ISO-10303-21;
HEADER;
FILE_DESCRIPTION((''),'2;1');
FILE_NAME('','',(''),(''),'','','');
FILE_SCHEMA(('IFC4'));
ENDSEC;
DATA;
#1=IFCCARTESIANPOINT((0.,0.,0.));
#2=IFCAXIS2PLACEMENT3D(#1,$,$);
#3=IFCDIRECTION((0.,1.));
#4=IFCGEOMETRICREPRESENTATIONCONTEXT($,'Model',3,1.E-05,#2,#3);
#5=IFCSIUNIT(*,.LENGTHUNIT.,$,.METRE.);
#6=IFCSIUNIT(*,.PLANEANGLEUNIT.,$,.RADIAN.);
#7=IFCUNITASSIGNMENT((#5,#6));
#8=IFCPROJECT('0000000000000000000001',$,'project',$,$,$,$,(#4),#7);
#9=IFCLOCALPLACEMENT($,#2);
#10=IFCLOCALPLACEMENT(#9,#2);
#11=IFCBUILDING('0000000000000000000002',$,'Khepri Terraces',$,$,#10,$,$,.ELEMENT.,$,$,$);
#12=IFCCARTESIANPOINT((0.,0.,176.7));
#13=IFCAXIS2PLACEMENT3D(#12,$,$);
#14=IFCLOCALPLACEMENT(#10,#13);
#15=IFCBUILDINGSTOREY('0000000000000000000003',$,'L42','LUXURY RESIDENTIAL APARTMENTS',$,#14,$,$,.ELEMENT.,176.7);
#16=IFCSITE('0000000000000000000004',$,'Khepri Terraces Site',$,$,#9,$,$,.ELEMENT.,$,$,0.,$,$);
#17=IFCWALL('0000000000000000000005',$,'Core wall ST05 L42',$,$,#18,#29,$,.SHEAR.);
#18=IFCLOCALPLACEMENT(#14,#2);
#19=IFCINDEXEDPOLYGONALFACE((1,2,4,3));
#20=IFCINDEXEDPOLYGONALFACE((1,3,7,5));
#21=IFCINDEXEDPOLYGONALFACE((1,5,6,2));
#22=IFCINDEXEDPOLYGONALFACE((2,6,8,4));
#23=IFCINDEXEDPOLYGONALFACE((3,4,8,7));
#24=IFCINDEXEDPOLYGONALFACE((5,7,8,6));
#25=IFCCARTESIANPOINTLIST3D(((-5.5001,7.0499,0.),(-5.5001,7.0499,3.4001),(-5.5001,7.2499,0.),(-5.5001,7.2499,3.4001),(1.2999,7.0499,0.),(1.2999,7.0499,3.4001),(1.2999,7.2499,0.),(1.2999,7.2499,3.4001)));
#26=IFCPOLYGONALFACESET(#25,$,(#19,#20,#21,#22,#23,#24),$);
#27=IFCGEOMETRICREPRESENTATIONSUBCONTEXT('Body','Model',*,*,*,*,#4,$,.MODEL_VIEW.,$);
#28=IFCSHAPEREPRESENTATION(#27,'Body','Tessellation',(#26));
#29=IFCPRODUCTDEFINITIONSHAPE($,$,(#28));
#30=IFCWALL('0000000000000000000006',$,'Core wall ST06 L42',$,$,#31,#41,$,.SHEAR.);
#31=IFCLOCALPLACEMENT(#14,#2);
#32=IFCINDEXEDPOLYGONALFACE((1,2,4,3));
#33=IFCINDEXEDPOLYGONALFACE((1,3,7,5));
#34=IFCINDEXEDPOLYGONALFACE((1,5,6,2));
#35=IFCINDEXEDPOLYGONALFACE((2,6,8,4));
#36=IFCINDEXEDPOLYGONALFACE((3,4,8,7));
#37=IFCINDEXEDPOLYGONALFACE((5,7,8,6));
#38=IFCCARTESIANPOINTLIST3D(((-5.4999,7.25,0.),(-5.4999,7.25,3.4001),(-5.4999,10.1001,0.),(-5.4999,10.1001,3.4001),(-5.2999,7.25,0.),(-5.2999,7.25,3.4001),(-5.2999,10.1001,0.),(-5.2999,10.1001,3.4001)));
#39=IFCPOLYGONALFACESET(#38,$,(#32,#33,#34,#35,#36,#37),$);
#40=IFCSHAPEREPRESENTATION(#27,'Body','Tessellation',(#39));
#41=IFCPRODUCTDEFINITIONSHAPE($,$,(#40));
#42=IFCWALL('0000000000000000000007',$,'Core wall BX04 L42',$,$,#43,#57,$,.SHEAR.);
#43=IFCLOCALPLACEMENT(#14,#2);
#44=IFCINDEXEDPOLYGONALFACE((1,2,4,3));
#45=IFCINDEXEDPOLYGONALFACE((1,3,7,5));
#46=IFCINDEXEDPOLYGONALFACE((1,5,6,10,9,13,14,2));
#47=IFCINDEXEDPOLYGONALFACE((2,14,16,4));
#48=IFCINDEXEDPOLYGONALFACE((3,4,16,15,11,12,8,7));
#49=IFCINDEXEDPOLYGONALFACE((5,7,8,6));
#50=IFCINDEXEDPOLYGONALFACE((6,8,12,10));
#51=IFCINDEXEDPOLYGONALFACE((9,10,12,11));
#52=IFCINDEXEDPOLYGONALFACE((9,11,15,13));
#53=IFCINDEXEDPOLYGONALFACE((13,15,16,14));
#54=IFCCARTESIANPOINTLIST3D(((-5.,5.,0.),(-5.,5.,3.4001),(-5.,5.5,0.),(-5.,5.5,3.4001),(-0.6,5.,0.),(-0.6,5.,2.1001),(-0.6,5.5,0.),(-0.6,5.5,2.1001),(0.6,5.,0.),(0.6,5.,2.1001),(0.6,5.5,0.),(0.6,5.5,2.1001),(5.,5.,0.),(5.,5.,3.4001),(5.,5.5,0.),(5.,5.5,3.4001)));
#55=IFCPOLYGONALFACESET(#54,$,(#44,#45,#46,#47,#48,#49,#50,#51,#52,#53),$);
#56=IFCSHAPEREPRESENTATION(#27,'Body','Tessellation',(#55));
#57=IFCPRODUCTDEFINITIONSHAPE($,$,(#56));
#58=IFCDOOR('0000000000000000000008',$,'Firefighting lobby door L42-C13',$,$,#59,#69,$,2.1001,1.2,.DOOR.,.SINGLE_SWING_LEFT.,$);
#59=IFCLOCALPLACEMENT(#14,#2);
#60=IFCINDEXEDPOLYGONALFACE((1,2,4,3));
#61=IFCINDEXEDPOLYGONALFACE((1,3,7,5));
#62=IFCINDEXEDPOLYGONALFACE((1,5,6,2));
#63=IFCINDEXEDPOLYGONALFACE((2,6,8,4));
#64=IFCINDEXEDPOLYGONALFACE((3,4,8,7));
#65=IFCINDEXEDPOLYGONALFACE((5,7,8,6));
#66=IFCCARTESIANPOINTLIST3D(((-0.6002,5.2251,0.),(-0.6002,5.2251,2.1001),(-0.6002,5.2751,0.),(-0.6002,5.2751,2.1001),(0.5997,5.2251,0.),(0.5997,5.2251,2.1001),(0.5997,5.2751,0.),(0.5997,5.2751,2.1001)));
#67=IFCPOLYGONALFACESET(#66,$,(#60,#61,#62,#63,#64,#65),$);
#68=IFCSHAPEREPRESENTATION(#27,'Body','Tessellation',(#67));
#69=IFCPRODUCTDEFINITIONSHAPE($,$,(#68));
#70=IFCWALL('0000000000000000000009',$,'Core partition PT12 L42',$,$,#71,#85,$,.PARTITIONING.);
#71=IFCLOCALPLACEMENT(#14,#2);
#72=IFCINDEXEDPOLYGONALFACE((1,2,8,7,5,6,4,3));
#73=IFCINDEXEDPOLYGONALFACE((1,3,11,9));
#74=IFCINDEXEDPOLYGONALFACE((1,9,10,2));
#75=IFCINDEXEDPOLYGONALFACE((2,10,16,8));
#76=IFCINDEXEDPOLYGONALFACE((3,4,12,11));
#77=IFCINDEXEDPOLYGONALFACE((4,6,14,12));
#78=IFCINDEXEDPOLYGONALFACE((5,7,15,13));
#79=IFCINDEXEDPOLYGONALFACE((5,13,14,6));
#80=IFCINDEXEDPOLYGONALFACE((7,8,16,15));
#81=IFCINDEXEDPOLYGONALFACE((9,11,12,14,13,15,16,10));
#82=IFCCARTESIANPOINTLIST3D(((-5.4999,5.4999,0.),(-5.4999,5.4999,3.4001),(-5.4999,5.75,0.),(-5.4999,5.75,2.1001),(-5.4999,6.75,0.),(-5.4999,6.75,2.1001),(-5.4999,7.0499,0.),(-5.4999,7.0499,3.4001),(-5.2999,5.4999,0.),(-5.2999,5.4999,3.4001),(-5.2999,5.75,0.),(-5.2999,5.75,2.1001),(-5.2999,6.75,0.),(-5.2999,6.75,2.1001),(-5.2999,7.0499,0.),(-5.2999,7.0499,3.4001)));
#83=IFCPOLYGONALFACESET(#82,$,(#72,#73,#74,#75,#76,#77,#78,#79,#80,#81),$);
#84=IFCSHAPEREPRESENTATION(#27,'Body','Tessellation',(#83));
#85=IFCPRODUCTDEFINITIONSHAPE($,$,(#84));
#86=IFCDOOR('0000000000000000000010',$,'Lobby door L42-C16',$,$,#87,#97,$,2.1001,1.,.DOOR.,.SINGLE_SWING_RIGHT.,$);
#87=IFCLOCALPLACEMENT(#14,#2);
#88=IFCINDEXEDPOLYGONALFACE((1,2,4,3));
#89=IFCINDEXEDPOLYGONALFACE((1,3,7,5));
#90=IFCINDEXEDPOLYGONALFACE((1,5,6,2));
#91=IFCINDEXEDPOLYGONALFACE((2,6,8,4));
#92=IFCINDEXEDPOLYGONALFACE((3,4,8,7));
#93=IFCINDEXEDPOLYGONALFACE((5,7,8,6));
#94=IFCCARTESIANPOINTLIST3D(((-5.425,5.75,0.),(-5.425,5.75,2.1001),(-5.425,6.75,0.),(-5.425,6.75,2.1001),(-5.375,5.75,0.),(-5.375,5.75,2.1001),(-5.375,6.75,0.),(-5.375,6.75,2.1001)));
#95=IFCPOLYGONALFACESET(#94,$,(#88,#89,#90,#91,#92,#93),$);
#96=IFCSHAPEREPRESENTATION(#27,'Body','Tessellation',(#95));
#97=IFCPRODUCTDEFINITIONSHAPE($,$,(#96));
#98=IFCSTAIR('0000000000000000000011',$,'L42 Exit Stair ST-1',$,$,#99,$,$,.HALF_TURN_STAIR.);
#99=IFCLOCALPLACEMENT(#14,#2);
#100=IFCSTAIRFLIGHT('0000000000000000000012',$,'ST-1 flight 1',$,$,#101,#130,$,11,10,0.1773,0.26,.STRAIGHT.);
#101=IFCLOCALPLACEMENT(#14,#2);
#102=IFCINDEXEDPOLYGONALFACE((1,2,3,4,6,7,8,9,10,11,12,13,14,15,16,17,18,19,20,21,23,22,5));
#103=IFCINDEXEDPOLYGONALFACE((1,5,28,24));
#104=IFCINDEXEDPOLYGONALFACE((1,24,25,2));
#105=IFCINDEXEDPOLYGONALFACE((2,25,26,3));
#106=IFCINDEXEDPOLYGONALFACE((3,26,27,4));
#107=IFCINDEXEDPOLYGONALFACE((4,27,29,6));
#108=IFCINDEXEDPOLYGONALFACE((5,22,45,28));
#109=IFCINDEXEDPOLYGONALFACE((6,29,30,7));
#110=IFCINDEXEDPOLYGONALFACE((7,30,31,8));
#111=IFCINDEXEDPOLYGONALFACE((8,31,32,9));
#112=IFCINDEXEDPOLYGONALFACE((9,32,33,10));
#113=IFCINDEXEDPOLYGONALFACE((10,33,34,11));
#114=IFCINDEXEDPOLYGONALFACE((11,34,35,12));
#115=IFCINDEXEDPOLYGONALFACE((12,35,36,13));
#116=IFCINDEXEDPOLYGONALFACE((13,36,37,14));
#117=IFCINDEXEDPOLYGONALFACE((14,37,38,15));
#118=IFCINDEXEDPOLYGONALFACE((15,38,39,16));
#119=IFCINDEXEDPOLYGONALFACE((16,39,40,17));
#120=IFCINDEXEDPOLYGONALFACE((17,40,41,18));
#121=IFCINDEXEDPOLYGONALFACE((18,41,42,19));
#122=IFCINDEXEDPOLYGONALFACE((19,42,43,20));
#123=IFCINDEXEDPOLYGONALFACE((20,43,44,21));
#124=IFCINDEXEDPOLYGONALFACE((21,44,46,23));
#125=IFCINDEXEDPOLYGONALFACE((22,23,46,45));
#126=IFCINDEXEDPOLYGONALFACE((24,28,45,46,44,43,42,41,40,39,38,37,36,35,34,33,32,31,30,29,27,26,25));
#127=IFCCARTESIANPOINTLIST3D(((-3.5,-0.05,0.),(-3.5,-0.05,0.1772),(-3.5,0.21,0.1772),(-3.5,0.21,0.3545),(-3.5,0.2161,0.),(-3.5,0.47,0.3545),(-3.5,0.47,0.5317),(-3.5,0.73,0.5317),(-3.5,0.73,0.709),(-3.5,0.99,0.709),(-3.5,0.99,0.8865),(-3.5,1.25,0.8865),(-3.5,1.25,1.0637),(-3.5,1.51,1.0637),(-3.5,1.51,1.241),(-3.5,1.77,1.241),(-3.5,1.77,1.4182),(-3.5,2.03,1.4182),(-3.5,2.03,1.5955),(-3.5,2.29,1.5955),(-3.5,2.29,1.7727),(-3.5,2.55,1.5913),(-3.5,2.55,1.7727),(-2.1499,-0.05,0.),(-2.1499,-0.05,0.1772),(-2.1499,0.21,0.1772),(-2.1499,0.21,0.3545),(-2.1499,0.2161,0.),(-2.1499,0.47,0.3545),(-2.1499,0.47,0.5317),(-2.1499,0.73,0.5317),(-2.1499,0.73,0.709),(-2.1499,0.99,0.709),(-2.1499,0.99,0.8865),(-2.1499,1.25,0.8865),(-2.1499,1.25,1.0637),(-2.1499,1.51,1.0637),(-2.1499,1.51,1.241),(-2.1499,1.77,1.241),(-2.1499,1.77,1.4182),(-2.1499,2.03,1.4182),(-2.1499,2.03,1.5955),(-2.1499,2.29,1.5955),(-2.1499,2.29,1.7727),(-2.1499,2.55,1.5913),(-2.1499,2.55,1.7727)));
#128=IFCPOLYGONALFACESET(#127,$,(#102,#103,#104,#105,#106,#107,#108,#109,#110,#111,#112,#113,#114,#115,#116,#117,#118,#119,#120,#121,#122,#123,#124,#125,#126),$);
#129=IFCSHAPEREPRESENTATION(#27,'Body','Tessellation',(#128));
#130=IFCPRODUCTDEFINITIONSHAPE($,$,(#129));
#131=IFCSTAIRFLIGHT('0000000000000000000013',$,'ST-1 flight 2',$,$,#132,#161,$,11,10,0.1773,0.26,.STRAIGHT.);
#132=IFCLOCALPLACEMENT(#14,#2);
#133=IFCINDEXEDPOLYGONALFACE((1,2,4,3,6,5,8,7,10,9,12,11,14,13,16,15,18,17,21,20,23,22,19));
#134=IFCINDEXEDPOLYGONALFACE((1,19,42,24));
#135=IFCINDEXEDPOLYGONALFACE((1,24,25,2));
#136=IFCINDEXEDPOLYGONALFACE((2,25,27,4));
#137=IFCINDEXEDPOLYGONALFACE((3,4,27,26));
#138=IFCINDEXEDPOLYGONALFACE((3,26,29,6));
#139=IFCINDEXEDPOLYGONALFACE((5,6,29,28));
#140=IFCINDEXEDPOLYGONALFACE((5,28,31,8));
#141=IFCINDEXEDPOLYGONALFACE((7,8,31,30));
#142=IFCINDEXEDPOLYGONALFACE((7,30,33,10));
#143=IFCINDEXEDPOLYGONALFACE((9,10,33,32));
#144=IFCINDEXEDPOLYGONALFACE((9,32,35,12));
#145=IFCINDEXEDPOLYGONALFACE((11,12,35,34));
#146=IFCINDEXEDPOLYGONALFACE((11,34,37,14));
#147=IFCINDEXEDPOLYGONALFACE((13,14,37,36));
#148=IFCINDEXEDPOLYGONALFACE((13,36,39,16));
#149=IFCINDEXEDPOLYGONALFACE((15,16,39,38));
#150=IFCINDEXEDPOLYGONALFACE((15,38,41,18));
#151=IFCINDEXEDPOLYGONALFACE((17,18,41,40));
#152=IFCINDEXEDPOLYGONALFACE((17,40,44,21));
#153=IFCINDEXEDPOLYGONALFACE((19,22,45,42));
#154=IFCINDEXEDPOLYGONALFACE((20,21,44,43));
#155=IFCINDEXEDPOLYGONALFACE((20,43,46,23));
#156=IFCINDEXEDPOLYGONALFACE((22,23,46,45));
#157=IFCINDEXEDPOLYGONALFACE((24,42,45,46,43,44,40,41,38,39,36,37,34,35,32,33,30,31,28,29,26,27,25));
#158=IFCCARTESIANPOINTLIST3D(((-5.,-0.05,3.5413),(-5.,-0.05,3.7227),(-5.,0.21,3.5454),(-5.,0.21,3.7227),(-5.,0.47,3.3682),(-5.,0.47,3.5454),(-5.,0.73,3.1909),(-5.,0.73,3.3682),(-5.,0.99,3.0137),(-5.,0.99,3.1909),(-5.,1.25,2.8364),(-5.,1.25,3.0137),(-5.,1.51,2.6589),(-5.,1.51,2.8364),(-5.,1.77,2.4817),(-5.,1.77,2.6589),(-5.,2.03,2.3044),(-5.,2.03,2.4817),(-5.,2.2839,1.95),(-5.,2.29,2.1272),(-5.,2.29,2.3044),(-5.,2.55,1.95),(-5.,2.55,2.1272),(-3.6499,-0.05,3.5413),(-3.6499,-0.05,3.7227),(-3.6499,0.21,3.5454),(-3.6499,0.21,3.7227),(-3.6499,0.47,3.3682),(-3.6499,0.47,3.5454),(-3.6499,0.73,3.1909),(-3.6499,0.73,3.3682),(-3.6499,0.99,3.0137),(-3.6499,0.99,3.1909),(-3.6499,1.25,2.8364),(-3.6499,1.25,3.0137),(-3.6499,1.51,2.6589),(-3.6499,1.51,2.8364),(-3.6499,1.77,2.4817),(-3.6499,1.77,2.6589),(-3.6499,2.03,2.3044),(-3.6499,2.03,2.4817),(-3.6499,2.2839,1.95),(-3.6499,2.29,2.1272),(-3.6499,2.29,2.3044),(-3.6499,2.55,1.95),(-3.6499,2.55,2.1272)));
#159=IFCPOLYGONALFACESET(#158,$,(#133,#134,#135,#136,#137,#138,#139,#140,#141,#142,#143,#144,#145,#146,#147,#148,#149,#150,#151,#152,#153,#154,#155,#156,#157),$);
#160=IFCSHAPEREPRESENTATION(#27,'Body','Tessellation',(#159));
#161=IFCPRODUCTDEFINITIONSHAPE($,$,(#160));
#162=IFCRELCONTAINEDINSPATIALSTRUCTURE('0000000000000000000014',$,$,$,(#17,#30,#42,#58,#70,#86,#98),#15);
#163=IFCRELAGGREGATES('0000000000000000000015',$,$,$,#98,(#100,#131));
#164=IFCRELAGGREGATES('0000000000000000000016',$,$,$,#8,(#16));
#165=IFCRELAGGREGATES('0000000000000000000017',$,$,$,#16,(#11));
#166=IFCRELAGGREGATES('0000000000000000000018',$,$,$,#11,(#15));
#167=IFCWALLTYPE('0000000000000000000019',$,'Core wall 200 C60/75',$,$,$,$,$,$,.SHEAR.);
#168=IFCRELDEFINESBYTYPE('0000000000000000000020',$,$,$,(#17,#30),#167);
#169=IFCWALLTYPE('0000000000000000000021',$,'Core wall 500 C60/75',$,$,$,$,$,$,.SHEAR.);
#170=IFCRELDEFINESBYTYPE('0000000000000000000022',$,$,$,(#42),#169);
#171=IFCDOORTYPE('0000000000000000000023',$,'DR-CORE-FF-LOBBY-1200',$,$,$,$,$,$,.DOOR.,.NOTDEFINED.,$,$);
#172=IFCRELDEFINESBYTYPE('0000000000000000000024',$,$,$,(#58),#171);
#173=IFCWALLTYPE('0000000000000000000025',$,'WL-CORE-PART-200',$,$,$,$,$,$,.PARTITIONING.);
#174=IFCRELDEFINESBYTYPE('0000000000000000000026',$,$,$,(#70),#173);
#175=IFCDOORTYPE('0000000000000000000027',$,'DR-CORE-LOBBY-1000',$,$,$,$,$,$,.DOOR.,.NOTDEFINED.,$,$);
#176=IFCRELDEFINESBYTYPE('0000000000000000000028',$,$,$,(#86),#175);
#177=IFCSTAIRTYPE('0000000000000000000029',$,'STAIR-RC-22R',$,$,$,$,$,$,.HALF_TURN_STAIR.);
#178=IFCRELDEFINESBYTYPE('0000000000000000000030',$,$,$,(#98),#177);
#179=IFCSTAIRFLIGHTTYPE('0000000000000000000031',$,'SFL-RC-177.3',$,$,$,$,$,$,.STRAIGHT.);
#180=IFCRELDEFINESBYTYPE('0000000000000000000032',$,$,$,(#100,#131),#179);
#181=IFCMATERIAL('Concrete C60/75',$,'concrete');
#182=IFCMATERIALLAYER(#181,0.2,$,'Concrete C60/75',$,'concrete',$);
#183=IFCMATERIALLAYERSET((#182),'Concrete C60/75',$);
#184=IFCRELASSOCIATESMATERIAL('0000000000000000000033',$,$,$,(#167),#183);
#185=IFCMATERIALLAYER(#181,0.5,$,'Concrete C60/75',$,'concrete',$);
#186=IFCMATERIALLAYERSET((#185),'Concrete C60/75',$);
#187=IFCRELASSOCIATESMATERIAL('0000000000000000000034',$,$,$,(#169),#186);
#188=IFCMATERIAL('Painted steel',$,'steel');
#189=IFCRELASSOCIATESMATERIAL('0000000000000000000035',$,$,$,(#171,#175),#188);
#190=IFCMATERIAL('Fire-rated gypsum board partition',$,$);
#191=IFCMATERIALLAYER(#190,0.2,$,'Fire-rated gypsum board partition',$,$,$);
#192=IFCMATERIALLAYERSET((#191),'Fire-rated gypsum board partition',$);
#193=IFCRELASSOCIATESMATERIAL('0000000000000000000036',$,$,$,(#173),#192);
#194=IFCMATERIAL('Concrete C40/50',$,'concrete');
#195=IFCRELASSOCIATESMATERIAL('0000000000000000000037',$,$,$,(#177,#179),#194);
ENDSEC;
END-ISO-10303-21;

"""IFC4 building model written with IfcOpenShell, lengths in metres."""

from ifc_helpers import new_model, si_unit, direction, frame, frame_2d, origin, place, context, subcontext, project, spatial, polyline, rectangle, outline, extrude, material, layer, layer_set, type_object, element, fill, aggregate, save


model = new_model("IFC4")

# Units and contexts
model_context = context("Model", 3, precision=1e-05, world=origin(), true_north=direction((0.0, 1.0)))
body_context = subcontext(model_context, "Body", "Model", "MODEL_VIEW")
ifc_project = project(units=[si_unit("LENGTHUNIT", "METRE"), si_unit("PLANEANGLEUNIT", "RADIAN")], contexts=[model_context])

# Site, building, storey
site_placement = place(None, origin())
site = spatial("IfcSite", under=ifc_project, at=site_placement, Name="Khepri Terraces Site", CompositionType="ELEMENT", RefElevation=0.0)
building_placement = place(site_placement, origin())
building = spatial("IfcBuilding", under=site, at=building_placement, Name="Khepri Terraces", CompositionType="ELEMENT")
storey_placement = place(building_placement, frame((0.0, 0.0, 176.7)))
storey = spatial("IfcBuildingStorey", under=building, at=storey_placement, Name="L42", Description="LUXURY RESIDENTIAL APARTMENTS", CompositionType="ELEMENT", Elevation=176.7)

# Walls
ifc_material_1 = material(Name="Concrete C60/75", Category="concrete")
ifc_layer_1 = layer(ifc_material_1, 0.2, Name="Concrete C60/75", Category="concrete")
ifc_layer_set_1 = layer_set([ifc_layer_1], Name="Concrete C60/75")
wall_type_1 = type_object("IfcWallType", Name="Core wall 200 C60/75", PredefinedType="SHEAR", material=ifc_layer_set_1)
wall_1_placement = place(storey_placement, frame((-5.5, 7.1499, 0.0), z_axis=(0.0, 0.0, 1.0), x_axis=(1.0, 0.0, 0.0)))
element("IfcWall", 1, at=wall_1_placement, inside=storey, type_object=wall_type_1, Name="Core wall ST05 L42", PredefinedType="SHEAR", context=body_context, shape_type="SweptSolid", body=[
    extrude(rectangle(XDim=6.8, YDim=0.2, at=frame_2d((3.3999, 0.0))), origin(), (0.0, 0.0, 1.0), 3.4001),
])
wall_2_placement = place(storey_placement, frame((-5.3999, 7.25, 0.0), z_axis=(0.0, 0.0, 1.0), x_axis=(0.0, 1.0, 0.0)))
element("IfcWall", 2, at=wall_2_placement, inside=storey, type_object=wall_type_1, Name="Core wall ST06 L42", PredefinedType="SHEAR", context=body_context, shape_type="SweptSolid", body=[
    extrude(rectangle(XDim=2.8501, YDim=0.2, at=frame_2d((1.425, 0.0))), origin(), (0.0, 0.0, 1.0), 3.4001),
])

# Walls, openings, doors
ifc_layer_2 = layer(ifc_material_1, 0.5, Name="Concrete C60/75", Category="concrete")
ifc_layer_set_2 = layer_set([ifc_layer_2], Name="Concrete C60/75")
wall_type_2 = type_object("IfcWallType", Name="Core wall 500 C60/75", PredefinedType="SHEAR", material=ifc_layer_set_2)
wall_3_placement = place(storey_placement, frame((-5.0, 5.25, 0.0), z_axis=(0.0, 0.0, 1.0), x_axis=(1.0, 0.0, 0.0)))
wall_3 = element("IfcWall", 3, at=wall_3_placement, inside=storey, type_object=wall_type_2, Name="Core wall BX04 L42", PredefinedType="SHEAR", context=body_context, shape_type="SweptSolid", body=[
    extrude(rectangle(XDim=10.0, YDim=0.5, at=frame_2d((5.0, 0.0))), origin(), (0.0, 0.0, 1.0), 3.4001),
])
opening_1_placement = place(wall_3_placement, frame((4.3999, 0.0, 0.0)))
opening_1 = element("IfcOpeningElement", 4, at=opening_1_placement, cuts=wall_3, PredefinedType="OPENING", context=body_context, shape_type="SweptSolid", body=[
    extrude(rectangle(XDim=1.2, YDim=2.1001, at=frame_2d((0.6001, 1.05))), frame((0.0, 0.26, 0.0), z_axis=(0.0, -1.0, 0.0), x_axis=(1.0, 0.0, 0.0)), (0.0, 0.0, 1.0), 0.52),
])
ifc_material_2 = material(Name="Painted steel", Category="steel")
door_type_1 = type_object("IfcDoorType", Name="DR-CORE-FF-LOBBY-1200", OperationType="NOTDEFINED", PredefinedType="DOOR", material=ifc_material_2)
door_1_placement = place(opening_1_placement, frame((1.2, 0.0, 0.0), z_axis=(0.0, 0.0, 1.0), x_axis=(-1.0, 0.0, 0.0)))
door_1 = element("IfcDoor", 5, at=door_1_placement, inside=storey, type_object=door_type_1, Name="Firefighting lobby door L42-C13", OperationType="SINGLE_SWING_LEFT", OverallHeight=2.1001, OverallWidth=1.2, PredefinedType="DOOR", context=body_context, shape_type="SweptSolid", body=[
    extrude(rectangle(XDim=1.2, YDim=2.1001, at=frame_2d((0.6001, 1.05))), frame((0.0, 0.0249, 0.0), z_axis=(0.0, -1.0, 0.0), x_axis=(1.0, 0.0, 0.0)), (0.0, 0.0, 1.0), 0.05),
])
fill(opening_1, door_1)
ifc_material_3 = material(Name="Fire-rated gypsum board partition")
ifc_layer_3 = layer(ifc_material_3, 0.2, Name="Fire-rated gypsum board partition")
ifc_layer_set_3 = layer_set([ifc_layer_3], Name="Fire-rated gypsum board partition")
wall_type_3 = type_object("IfcWallType", Name="WL-CORE-PART-200", PredefinedType="PARTITIONING", material=ifc_layer_set_3)
wall_4_placement = place(storey_placement, frame((-5.3999, 5.5, 0.0), z_axis=(0.0, 0.0, 1.0), x_axis=(0.0, 1.0, 0.0)))
wall_4 = element("IfcWall", 6, at=wall_4_placement, inside=storey, type_object=wall_type_3, Name="Core partition PT12 L42", PredefinedType="PARTITIONING", context=body_context, shape_type="SweptSolid", body=[
    extrude(rectangle(XDim=1.55, YDim=0.2, at=frame_2d((0.7749, 0.0))), origin(), (0.0, 0.0, 1.0), 3.4001),
])
opening_2_placement = place(wall_4_placement, frame((0.25, 0.0, 0.0)))
opening_2 = element("IfcOpeningElement", 7, at=opening_2_placement, cuts=wall_4, PredefinedType="OPENING", context=body_context, shape_type="SweptSolid", body=[
    extrude(rectangle(XDim=1.0, YDim=2.1001, at=frame_2d((0.5, 1.05))), frame((0.0, 0.1099, 0.0), z_axis=(0.0, -1.0, 0.0), x_axis=(1.0, 0.0, 0.0)), (0.0, 0.0, 1.0), 0.22),
])
door_type_2 = type_object("IfcDoorType", Name="DR-CORE-LOBBY-1000", OperationType="NOTDEFINED", PredefinedType="DOOR", material=ifc_material_2)
door_2_placement = place(opening_2_placement, frame((1.0, 0.0, 0.0), z_axis=(0.0, 0.0, 1.0), x_axis=(-1.0, 0.0, 0.0)))
door_2 = element("IfcDoor", 8, at=door_2_placement, inside=storey, type_object=door_type_2, Name="Lobby door L42-C16", OperationType="SINGLE_SWING_RIGHT", OverallHeight=2.1001, OverallWidth=1.0, PredefinedType="DOOR", context=body_context, shape_type="SweptSolid", body=[
    extrude(rectangle(XDim=1.0, YDim=2.1001, at=frame_2d((0.5, 1.05))), frame((0.0, 0.0249, 0.0), z_axis=(0.0, -1.0, 0.0), x_axis=(1.0, 0.0, 0.0)), (0.0, 0.0, 1.0), 0.05),
])
fill(opening_2, door_2)

# Stair, stair flights
ifc_material_4 = material(Name="Concrete C40/50", Category="concrete")
stair_type = type_object("IfcStairType", Name="STAIR-RC-22R", PredefinedType="HALF_TURN_STAIR", material=ifc_material_4)
stair_1_placement = place(storey_placement, origin())
stair_1 = element("IfcStair", 9, at=stair_1_placement, inside=storey, type_object=stair_type, Name="L42 Exit Stair ST-1", PredefinedType="HALF_TURN_STAIR")
stair_flight_type = type_object("IfcStairFlightType", Name="SFL-RC-177.3", PredefinedType="STRAIGHT", material=ifc_material_4)
stair_flight_1_placement = place(storey_placement, frame((-2.825, -0.05, 0.0), z_axis=(0.0, 0.0, 1.0), x_axis=(0.0, 1.0, 0.0)))
stair_flight_1 = element("IfcStairFlight", 10, at=stair_flight_1_placement, type_object=stair_flight_type, Name="ST-1 flight 1", NumberOfRisers=11, NumberOfTreads=10, PredefinedType="STRAIGHT", RiserHeight=0.1773, TreadLength=0.26, context=body_context, shape_type="SweptSolid", body=[
    extrude(outline(polyline([(0.0, 0.0), (0.0, 0.1772), (0.26, 0.1772), (0.26, 0.3545), (0.52, 0.3545), (0.52, 0.5317), (0.78, 0.5317), (0.78, 0.709), (1.04, 0.709), (1.04, 0.8865), (1.3, 0.8865), (1.3, 1.0637), (1.5601, 1.0637), (1.5601, 1.241), (1.8201, 1.241), (1.8201, 1.4182), (2.0801, 1.4182), (2.0801, 1.5955), (2.3401, 1.5955), (2.3401, 1.7727), (2.6001, 1.7727), (2.6001, 1.95), (2.6001, 1.5913), (0.2661, 0.0), (0.0, 0.0)])), frame((0.0, 0.675, 0.0), z_axis=(0.0, -1.0, 0.0), x_axis=(1.0, 0.0, 0.0)), (0.0, 0.0, 1.0), 1.3501),
])
stair_flight_2_placement = place(storey_placement, frame((-4.325, 2.55, 1.95), z_axis=(0.0, 0.0, 1.0), x_axis=(0.0, -1.0, 0.0)))
stair_flight_2 = element("IfcStairFlight", 11, at=stair_flight_2_placement, type_object=stair_flight_type, Name="ST-1 flight 2", NumberOfRisers=11, NumberOfTreads=10, PredefinedType="STRAIGHT", RiserHeight=0.1773, TreadLength=0.26, context=body_context, shape_type="SweptSolid", body=[
    extrude(outline(polyline([(0.0, 0.0), (0.0, 0.1772), (0.26, 0.1772), (0.26, 0.3545), (0.52, 0.3545), (0.52, 0.5317), (0.78, 0.5317), (0.78, 0.709), (1.04, 0.709), (1.04, 0.8865), (1.3, 0.8865), (1.3, 1.0637), (1.5601, 1.0637), (1.5601, 1.241), (1.8201, 1.241), (1.8201, 1.4182), (2.0801, 1.4182), (2.0801, 1.5955), (2.3401, 1.5955), (2.3401, 1.7727), (2.6001, 1.7727), (2.6001, 1.95), (2.6001, 1.5913), (0.2661, 0.0), (0.0, 0.0)])), frame((0.0, 0.675, 0.0), z_axis=(0.0, -1.0, 0.0), x_axis=(1.0, 0.0, 0.0)), (0.0, 0.0, 1.0), 1.3501),
])
aggregate(stair_1, [stair_flight_1, stair_flight_2])

save(model, "model.ifc")
